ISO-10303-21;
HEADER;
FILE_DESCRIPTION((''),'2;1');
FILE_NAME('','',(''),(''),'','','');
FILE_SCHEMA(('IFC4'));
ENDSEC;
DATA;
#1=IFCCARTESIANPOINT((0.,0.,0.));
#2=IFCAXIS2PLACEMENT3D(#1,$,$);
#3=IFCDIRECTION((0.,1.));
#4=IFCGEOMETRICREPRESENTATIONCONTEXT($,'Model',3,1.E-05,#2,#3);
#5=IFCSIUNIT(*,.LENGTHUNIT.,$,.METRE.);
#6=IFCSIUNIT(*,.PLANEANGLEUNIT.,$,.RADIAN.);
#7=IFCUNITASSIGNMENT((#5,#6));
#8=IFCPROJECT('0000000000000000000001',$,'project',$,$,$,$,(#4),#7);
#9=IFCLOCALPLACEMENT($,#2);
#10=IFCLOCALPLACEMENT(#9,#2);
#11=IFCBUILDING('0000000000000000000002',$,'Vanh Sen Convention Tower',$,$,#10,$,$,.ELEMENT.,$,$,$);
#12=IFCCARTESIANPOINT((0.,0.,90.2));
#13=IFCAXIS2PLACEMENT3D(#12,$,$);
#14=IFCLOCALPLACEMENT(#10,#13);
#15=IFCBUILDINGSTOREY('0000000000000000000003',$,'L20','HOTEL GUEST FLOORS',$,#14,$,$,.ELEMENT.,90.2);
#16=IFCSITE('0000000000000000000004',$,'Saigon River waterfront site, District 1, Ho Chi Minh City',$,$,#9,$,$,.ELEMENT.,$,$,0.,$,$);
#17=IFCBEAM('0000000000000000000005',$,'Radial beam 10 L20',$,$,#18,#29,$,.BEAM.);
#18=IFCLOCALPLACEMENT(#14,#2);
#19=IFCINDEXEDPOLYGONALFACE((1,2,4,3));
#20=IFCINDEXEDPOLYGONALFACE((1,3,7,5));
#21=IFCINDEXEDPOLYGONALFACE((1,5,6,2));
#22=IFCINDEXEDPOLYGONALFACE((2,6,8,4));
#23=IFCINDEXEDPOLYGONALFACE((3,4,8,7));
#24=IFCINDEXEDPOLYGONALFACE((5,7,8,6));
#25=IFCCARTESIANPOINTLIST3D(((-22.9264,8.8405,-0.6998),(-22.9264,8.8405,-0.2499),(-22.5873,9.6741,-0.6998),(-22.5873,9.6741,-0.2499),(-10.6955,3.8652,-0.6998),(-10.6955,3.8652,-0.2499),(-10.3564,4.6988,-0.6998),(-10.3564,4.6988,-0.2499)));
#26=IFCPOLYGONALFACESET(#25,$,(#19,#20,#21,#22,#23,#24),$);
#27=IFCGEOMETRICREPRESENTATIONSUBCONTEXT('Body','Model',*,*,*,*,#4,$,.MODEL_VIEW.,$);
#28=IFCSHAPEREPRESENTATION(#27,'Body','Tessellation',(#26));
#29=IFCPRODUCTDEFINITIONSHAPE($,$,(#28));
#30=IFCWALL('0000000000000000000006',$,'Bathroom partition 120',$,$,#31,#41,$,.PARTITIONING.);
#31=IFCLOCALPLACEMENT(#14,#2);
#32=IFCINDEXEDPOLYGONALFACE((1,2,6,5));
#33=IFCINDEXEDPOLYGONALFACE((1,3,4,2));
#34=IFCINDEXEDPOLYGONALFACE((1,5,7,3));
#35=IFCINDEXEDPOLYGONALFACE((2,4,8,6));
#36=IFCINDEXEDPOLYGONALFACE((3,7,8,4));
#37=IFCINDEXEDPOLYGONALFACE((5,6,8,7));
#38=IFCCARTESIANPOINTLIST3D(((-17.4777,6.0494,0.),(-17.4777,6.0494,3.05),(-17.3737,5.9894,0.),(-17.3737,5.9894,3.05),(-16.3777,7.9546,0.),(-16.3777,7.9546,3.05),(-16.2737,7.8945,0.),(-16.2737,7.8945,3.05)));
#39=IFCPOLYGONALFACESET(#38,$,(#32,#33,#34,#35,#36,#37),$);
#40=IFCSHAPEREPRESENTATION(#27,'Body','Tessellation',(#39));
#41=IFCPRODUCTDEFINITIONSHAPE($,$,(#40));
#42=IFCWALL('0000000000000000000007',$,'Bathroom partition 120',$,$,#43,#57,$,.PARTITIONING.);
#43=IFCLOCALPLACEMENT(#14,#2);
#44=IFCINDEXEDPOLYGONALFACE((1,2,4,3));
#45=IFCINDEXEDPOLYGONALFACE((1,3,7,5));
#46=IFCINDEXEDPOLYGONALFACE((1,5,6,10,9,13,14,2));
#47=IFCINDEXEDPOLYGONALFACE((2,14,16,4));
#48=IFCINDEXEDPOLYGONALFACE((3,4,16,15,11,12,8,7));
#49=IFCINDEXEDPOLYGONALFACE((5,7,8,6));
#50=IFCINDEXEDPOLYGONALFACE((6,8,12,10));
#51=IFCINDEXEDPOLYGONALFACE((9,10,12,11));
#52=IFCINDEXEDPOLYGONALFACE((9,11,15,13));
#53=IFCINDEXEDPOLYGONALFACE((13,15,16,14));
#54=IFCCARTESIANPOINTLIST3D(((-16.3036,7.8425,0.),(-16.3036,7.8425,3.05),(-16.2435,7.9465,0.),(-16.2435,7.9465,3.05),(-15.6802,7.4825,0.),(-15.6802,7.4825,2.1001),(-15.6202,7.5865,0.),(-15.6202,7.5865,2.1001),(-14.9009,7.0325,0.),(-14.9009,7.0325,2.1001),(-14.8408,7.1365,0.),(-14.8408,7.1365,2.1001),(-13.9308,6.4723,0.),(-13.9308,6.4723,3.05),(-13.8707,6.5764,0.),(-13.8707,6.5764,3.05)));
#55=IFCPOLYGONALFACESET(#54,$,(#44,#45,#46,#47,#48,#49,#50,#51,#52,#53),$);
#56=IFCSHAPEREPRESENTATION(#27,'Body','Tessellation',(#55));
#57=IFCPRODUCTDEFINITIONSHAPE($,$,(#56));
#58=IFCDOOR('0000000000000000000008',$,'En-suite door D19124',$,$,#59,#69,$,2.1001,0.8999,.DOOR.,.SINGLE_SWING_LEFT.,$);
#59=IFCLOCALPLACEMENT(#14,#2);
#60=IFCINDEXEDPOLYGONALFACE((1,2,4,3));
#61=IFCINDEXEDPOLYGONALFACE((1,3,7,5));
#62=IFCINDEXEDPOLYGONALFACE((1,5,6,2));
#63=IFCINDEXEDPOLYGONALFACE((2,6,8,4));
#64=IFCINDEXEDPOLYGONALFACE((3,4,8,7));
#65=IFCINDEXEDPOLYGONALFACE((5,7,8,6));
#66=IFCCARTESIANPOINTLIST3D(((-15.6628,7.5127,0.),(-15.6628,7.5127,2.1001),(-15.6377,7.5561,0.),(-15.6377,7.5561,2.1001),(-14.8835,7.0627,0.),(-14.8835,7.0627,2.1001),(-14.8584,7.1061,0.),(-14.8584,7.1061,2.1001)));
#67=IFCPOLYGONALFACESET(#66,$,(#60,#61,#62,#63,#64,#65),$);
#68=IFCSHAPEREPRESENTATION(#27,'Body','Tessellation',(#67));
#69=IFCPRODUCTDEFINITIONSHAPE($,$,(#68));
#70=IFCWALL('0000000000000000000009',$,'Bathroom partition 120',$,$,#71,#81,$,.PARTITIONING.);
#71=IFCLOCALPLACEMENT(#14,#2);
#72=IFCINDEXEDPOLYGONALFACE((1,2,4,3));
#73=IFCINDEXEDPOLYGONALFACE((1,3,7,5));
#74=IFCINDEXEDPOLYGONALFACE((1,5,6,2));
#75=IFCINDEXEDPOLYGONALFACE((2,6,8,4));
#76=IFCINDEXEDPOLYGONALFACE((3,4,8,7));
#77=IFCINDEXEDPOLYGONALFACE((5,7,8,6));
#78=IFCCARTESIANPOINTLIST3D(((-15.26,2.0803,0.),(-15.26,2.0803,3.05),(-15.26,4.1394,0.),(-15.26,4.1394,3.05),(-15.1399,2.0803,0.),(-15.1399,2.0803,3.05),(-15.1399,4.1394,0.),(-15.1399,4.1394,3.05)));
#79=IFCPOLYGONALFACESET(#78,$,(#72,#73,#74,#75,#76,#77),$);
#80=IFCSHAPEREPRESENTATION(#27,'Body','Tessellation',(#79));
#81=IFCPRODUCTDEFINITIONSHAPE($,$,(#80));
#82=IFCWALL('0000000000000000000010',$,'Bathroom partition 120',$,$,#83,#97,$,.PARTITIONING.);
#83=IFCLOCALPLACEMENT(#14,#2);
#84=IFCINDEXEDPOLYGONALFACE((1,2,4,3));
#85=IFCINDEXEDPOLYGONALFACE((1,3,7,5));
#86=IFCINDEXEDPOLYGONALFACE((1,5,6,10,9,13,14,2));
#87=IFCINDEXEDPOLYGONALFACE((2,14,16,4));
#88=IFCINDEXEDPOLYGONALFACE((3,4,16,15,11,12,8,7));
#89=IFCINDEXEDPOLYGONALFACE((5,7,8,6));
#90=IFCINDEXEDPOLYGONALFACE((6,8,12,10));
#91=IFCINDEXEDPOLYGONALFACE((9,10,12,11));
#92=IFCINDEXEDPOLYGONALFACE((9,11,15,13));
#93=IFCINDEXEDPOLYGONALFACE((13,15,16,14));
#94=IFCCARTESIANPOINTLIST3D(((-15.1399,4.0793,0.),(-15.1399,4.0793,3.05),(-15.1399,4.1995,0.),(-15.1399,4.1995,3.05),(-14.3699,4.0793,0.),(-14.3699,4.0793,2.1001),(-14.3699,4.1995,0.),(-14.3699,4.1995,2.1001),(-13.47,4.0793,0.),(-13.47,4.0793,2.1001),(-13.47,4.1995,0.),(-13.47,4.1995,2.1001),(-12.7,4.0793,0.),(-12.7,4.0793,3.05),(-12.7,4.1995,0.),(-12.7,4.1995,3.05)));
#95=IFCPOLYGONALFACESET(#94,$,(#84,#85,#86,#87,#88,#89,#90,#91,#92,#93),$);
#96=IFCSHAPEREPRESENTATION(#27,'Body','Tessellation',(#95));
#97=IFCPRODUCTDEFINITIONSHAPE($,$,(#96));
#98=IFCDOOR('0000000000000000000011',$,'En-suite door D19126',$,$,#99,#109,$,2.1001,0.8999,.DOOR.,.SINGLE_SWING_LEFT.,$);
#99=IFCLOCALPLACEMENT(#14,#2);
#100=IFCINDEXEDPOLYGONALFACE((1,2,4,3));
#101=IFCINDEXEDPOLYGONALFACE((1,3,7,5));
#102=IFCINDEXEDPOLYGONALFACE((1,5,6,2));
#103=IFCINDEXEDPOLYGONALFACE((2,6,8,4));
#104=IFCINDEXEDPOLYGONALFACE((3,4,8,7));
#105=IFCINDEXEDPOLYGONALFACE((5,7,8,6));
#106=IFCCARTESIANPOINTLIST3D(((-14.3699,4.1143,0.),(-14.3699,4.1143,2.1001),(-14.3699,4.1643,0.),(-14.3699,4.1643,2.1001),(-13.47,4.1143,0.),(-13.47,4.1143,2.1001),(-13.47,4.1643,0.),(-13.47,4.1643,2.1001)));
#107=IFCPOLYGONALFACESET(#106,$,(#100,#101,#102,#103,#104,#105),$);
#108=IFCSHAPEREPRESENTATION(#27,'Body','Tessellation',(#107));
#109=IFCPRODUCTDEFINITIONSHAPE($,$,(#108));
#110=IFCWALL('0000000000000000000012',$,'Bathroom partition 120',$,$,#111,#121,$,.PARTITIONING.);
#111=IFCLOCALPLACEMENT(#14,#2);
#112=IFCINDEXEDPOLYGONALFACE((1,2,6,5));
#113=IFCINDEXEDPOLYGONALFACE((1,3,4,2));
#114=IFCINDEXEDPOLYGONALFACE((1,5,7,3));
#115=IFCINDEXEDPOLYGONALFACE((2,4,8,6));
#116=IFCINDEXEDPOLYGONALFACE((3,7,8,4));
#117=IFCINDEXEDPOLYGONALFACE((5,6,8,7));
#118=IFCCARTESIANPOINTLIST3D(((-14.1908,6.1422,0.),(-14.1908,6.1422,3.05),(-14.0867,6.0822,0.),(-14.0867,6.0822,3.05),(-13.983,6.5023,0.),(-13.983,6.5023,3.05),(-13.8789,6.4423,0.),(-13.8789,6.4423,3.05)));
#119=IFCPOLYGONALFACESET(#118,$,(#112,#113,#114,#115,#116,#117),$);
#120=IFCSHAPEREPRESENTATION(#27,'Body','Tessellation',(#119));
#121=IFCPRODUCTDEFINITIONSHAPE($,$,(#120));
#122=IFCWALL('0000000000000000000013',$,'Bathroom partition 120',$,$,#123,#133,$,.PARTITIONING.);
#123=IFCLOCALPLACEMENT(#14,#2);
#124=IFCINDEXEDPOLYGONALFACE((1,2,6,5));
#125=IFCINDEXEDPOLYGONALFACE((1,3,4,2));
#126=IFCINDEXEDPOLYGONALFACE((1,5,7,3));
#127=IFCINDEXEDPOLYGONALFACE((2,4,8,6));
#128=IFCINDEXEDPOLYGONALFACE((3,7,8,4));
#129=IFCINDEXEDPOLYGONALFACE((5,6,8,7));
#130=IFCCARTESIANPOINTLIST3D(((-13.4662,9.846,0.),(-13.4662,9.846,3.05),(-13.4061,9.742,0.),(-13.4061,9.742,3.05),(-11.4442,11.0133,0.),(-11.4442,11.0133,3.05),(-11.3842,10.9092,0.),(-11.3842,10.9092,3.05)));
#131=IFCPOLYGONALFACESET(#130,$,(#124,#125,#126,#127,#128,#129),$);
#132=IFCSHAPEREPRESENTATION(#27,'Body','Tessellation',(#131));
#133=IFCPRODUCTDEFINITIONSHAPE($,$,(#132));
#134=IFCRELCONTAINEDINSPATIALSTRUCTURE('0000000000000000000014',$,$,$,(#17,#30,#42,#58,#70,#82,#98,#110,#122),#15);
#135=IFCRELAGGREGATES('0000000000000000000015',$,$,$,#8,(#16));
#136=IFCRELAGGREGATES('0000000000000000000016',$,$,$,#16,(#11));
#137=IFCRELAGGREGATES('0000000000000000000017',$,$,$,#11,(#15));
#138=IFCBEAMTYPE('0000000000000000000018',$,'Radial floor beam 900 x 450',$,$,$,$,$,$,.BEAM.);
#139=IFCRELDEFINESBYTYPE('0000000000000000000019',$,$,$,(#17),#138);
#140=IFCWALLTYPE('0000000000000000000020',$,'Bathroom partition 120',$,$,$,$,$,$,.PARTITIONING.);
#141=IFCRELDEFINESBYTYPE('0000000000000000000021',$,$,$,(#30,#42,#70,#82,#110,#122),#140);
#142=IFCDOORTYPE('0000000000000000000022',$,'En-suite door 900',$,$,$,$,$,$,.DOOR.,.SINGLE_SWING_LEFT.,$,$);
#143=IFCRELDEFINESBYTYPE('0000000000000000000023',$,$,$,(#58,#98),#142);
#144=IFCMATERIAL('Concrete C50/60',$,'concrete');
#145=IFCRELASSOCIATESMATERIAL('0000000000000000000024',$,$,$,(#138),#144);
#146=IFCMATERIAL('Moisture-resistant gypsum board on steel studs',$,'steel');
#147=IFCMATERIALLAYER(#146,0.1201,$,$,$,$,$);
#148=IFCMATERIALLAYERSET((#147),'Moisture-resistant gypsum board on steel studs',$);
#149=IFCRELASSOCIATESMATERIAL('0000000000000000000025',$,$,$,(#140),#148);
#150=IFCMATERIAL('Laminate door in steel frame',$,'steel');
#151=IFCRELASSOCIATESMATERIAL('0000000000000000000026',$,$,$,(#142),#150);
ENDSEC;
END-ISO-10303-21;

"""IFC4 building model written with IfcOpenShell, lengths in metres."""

from ifc_helpers import new_model, si_unit, direction, frame, frame_2d, origin, origin_2d, place, context, subcontext, project, spatial, rectangle, extrude, material, layer, layer_set, material_profile, profile_set, type_object, element, fill, save


model = new_model("IFC4")

# Units and contexts
model_context = context("Model", 3, precision=1e-05, world=origin(), true_north=direction((0.0, 1.0)))
body_context = subcontext(model_context, "Body", "Model", "MODEL_VIEW")
ifc_project = project(units=[si_unit("LENGTHUNIT", "METRE"), si_unit("PLANEANGLEUNIT", "RADIAN")], contexts=[model_context])

# Site, building, storey
site_placement = place(None, origin())
site = spatial("IfcSite", under=ifc_project, at=site_placement, Name="Saigon River waterfront site, District 1, Ho Chi Minh City", CompositionType="ELEMENT", RefElevation=0.0)
building_placement = place(site_placement, origin())
building = spatial("IfcBuilding", under=site, at=building_placement, Name="Vanh Sen Convention Tower", CompositionType="ELEMENT")
storey_placement = place(building_placement, frame((0.0, 0.0, 90.2)))
storey = spatial("IfcBuildingStorey", under=building, at=storey_placement, Name="L20", Description="HOTEL GUEST FLOORS", CompositionType="ELEMENT", Elevation=90.2)

# Beam
ifc_material_1 = material(Name="Concrete C50/60", Category="concrete")
ifc_material_profile = material_profile(ifc_material_1, rectangle(XDim=0.8999, YDim=0.45, at=origin_2d()), Name="RC 900X450")
ifc_profile_set = profile_set([ifc_material_profile], Name="Concrete C50/60")
beam_type = type_object("IfcBeamType", Name="Radial floor beam 900 x 450", PredefinedType="BEAM", material=ifc_profile_set)
beam_placement = place(storey_placement, frame((-22.7568, 9.2573, -0.4749), z_axis=(0.926294, -0.376801, 0.0), x_axis=(0.376801, 0.926294, 0.0)))
element("IfcBeam", 1, at=beam_placement, inside=storey, type_object=beam_type, Name="Radial beam 10 L20", PredefinedType="BEAM", context=body_context, shape_type="SweptSolid", body=[
    extrude(rectangle(XDim=0.8999, YDim=0.45, at=origin_2d()), origin(), (0.0, 0.0, 1.0), 13.2041),
])

# Wall
ifc_material_2 = material(Name="Moisture-resistant gypsum board on steel studs", Category="steel")
ifc_layer_1 = layer(ifc_material_2, 0.1201)
ifc_layer_set_1 = layer_set([ifc_layer_1], Name="Moisture-resistant gypsum board on steel studs")
wall_type_1 = type_object("IfcWallType", Name="Bathroom partition 120", PredefinedType="PARTITIONING", material=ifc_layer_set_1)
wall_1_placement = place(storey_placement, frame((-17.4258, 6.0193, 0.0), z_axis=(0.0, 0.0, 1.0), x_axis=(0.50003, 0.866008, 0.0)))
element("IfcWall", 2, at=wall_1_placement, inside=storey, type_object=wall_type_1, Name="Bathroom partition 120", PredefinedType="PARTITIONING", context=body_context, shape_type="SweptSolid", body=[
    extrude(rectangle(XDim=2.2, YDim=0.1201, at=frame_2d((1.1001, 0.0))), origin(), (0.0, 0.0, 1.0), 3.05),
])

# Wall, opening, door
wall_2_placement = place(storey_placement, frame((-16.2737, 7.8945, 0.0), z_axis=(0.0, 0.0, 1.0), x_axis=(0.865997, -0.500049, 0.0)))
wall_2 = element("IfcWall", 3, at=wall_2_placement, inside=storey, type_object=wall_type_1, Name="Bathroom partition 120", PredefinedType="PARTITIONING", context=body_context, shape_type="SweptSolid", body=[
    extrude(rectangle(XDim=2.74, YDim=0.1201, at=frame_2d((1.3701, 0.0))), origin(), (0.0, 0.0, 1.0), 3.05),
])
opening_1_placement = place(wall_2_placement, frame((0.72, 0.0, 0.0)))
opening_1 = element("IfcOpeningElement", 4, at=opening_1_placement, cuts=wall_2, PredefinedType="OPENING", context=body_context, shape_type="SweptSolid", body=[
    extrude(rectangle(XDim=0.8999, YDim=2.1001, at=frame_2d((0.45, 1.05))), frame((0.0, 0.0701, 0.0), z_axis=(0.0, -1.0, 0.0), x_axis=(1.0, 0.0, 0.0)), (0.0, 0.0, 1.0), 0.1401),
])
ifc_material_3 = material(Name="Laminate door in steel frame", Category="steel")
door_type_1 = type_object("IfcDoorType", Name="En-suite door 900", OperationType="SINGLE_SWING_LEFT", PredefinedType="DOOR", material=ifc_material_3)
door_1_placement = place(opening_1_placement, origin())
door_1 = element("IfcDoor", 5, at=door_1_placement, inside=storey, type_object=door_type_1, Name="En-suite door D19124", OperationType="SINGLE_SWING_LEFT", OverallHeight=2.1001, OverallWidth=0.8999, PredefinedType="DOOR", context=body_context, shape_type="SweptSolid", body=[
    extrude(rectangle(XDim=0.8999, YDim=2.1001, at=frame_2d((0.45, 1.05))), frame((0.0, 0.0249, 0.0), z_axis=(0.0, -1.0, 0.0), x_axis=(1.0, 0.0, 0.0)), (0.0, 0.0, 1.0), 0.05),
])
fill(opening_1, door_1)

# Wall
wall_3_placement = place(storey_placement, frame((-15.2, 2.0803, 0.0), z_axis=(0.0, 0.0, 1.0), x_axis=(0.0, 1.0, 0.0)))
element("IfcWall", 6, at=wall_3_placement, inside=storey, type_object=wall_type_1, Name="Bathroom partition 120", PredefinedType="PARTITIONING", context=body_context, shape_type="SweptSolid", body=[
    extrude(rectangle(XDim=2.0591, YDim=0.1201, at=frame_2d((1.0295, 0.0))), origin(), (0.0, 0.0, 1.0), 3.05),
])

# Wall, opening, door
wall_4_placement = place(storey_placement, frame((-15.1399, 4.1394, 0.0), z_axis=(0.0, 0.0, 1.0), x_axis=(1.0, 0.0, 0.0)))
wall_4 = element("IfcWall", 7, at=wall_4_placement, inside=storey, type_object=wall_type_1, Name="Bathroom partition 120", PredefinedType="PARTITIONING", context=body_context, shape_type="SweptSolid", body=[
    extrude(rectangle(XDim=2.4399, YDim=0.1201, at=frame_2d((1.22, 0.0))), origin(), (0.0, 0.0, 1.0), 3.05),
])
opening_2_placement = place(wall_4_placement, frame((0.77, 0.0, 0.0)))
opening_2 = element("IfcOpeningElement", 8, at=opening_2_placement, cuts=wall_4, PredefinedType="OPENING", context=body_context, shape_type="SweptSolid", body=[
    extrude(rectangle(XDim=0.8999, YDim=2.1001, at=frame_2d((0.45, 1.05))), frame((0.0, 0.0701, 0.0), z_axis=(0.0, -1.0, 0.0), x_axis=(1.0, 0.0, 0.0)), (0.0, 0.0, 1.0), 0.1401),
])
door_2_placement = place(opening_2_placement, origin())
door_2 = element("IfcDoor", 9, at=door_2_placement, inside=storey, type_object=door_type_1, Name="En-suite door D19126", OperationType="SINGLE_SWING_LEFT", OverallHeight=2.1001, OverallWidth=0.8999, PredefinedType="DOOR", context=body_context, shape_type="SweptSolid", body=[
    extrude(rectangle(XDim=0.8999, YDim=2.1001, at=frame_2d((0.45, 1.05))), frame((0.0, 0.0249, 0.0), z_axis=(0.0, -1.0, 0.0), x_axis=(1.0, 0.0, 0.0)), (0.0, 0.0, 1.0), 0.05),
])
fill(opening_2, door_2)

# Walls
wall_5_placement = place(storey_placement, frame((-13.9309, 6.4724, 0.0), z_axis=(0.0, 0.0, 1.0), x_axis=(-0.499739, -0.866176, 0.0)))
element("IfcWall", 10, at=wall_5_placement, inside=storey, type_object=wall_type_1, Name="Bathroom partition 120", PredefinedType="PARTITIONING", context=body_context, shape_type="SweptSolid", body=[
    extrude(rectangle(XDim=0.4158, YDim=0.1201, at=frame_2d((0.208, 0.0))), origin(), (0.0, 0.0, 1.0), 3.05),
])
wall_6_placement = place(storey_placement, frame((-13.4363, 9.7939, 0.0), z_axis=(0.0, 0.0, 1.0), x_axis=(0.866053, 0.499952, 0.0)))
element("IfcWall", 11, at=wall_6_placement, inside=storey, type_object=wall_type_1, Name="Bathroom partition 120", PredefinedType="PARTITIONING", context=body_context, shape_type="SweptSolid", body=[
    extrude(rectangle(XDim=2.3347, YDim=0.1201, at=frame_2d((1.1675, 0.0))), origin(), (0.0, 0.0, 1.0), 3.05),
])

save(model, "model.ifc")
